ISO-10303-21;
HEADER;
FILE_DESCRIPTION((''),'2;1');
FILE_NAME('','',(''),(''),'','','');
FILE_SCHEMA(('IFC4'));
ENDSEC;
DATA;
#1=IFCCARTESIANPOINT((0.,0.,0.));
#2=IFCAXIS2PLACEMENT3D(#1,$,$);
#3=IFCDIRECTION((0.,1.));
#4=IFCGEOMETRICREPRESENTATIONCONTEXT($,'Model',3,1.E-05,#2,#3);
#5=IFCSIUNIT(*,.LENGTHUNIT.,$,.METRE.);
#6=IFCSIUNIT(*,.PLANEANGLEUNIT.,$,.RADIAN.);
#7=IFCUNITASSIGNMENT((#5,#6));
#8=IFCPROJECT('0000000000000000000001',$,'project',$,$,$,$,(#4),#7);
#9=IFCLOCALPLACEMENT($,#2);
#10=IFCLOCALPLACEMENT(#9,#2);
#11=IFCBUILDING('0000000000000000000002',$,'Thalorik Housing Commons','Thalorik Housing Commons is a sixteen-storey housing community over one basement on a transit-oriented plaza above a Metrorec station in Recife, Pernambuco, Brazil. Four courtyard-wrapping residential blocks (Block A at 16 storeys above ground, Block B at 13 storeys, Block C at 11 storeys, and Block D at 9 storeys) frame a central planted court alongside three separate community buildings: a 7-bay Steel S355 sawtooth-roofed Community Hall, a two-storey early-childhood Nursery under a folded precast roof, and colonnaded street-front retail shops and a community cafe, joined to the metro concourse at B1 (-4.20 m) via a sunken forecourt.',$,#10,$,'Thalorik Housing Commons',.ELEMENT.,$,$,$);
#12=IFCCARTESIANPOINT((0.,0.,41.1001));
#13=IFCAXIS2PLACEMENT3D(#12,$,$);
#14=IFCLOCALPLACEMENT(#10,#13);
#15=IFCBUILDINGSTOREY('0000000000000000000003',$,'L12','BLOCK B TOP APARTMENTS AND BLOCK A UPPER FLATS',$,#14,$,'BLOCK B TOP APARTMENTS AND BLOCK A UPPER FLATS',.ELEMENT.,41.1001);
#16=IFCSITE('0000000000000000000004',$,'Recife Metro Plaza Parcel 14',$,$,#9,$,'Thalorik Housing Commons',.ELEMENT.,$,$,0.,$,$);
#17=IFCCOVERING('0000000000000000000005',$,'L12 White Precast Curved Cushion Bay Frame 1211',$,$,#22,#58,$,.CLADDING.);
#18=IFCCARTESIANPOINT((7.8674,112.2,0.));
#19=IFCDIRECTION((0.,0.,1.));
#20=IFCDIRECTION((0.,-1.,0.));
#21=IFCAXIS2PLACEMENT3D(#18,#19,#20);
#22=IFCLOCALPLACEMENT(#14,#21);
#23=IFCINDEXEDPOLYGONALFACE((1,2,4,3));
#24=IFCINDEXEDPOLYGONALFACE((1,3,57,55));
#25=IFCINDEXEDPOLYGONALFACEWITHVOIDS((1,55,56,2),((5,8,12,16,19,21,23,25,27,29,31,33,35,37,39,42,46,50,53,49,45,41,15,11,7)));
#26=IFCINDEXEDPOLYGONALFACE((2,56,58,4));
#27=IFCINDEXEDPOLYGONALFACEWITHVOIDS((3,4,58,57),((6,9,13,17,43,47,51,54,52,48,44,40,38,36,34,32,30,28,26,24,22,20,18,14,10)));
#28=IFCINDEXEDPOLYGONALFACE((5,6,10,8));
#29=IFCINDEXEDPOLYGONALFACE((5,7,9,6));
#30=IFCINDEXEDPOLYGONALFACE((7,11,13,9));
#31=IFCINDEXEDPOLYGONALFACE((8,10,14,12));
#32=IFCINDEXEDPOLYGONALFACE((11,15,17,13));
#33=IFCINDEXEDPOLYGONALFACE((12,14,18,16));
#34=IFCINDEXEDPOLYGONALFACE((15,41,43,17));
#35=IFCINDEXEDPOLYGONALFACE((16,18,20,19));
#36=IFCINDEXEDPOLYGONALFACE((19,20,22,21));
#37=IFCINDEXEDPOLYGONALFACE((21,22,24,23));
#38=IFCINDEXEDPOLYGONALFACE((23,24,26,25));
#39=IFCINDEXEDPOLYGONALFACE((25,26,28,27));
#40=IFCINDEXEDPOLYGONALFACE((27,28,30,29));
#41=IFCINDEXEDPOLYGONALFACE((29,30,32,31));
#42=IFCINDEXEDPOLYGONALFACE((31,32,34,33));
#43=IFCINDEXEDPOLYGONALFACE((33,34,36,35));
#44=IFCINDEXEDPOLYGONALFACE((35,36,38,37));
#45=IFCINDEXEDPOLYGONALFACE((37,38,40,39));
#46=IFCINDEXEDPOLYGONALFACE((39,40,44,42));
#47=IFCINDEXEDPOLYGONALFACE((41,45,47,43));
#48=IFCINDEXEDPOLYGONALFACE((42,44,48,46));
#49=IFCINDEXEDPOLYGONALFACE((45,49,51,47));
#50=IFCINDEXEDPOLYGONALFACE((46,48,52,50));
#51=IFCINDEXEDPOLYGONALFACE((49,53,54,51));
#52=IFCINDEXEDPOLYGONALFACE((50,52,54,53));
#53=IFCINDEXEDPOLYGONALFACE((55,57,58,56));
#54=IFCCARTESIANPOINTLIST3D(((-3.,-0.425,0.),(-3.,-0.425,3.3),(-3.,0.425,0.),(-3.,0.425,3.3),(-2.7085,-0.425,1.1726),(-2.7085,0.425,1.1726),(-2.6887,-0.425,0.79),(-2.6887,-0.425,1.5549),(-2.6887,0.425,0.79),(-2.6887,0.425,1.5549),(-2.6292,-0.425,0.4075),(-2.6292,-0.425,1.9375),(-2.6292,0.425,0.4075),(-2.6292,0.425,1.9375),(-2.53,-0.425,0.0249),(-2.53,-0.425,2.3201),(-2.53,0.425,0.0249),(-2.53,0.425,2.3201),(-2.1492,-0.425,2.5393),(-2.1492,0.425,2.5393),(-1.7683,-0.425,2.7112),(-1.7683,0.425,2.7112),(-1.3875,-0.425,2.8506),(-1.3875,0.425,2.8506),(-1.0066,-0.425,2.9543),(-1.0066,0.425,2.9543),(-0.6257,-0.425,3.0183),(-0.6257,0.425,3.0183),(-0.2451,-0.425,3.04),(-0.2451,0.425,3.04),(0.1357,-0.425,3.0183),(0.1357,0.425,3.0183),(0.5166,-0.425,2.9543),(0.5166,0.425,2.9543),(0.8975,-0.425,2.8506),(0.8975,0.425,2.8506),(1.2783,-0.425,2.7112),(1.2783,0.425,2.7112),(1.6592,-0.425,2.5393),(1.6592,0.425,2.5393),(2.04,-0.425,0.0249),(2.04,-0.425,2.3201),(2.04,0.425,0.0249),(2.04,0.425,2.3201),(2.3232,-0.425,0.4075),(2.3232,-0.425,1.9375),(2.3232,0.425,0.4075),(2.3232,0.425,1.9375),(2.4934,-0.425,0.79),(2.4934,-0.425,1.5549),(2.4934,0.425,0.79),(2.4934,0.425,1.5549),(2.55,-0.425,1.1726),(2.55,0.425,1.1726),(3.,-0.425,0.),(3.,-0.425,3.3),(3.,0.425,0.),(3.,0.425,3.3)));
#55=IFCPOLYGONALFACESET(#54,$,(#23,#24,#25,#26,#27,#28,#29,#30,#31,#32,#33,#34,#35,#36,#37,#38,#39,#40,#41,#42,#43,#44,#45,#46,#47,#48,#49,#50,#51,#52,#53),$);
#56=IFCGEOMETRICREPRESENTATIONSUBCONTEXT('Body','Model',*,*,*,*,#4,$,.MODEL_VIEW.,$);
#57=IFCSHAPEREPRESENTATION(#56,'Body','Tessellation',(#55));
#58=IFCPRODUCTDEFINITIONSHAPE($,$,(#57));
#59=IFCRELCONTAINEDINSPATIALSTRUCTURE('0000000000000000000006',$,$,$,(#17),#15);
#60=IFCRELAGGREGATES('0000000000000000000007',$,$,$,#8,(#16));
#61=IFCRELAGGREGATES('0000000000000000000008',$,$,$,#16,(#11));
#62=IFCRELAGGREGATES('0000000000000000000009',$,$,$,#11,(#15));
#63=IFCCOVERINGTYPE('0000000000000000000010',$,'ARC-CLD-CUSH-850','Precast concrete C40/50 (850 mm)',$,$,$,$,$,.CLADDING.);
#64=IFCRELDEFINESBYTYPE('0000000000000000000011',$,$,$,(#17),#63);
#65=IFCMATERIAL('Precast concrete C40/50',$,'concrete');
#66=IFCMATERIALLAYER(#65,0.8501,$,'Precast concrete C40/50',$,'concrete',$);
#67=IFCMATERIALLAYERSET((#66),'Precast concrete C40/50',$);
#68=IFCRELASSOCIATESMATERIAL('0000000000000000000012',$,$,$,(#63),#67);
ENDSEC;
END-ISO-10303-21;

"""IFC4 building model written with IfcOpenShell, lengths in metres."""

from ifc_helpers import new_model, si_unit, direction, frame, origin, place, context, subcontext, project, spatial, polyline, outline, extrude, material, layer, layer_set, type_object, element, save


model = new_model("IFC4")

# Units and contexts
model_context = context("Model", 3, precision=1e-05, world=origin(), true_north=direction((0.0, 1.0)))
body_context = subcontext(model_context, "Body", "Model", "MODEL_VIEW")
ifc_project = project(units=[si_unit("LENGTHUNIT", "METRE"), si_unit("PLANEANGLEUNIT", "RADIAN")], contexts=[model_context])

# Site, building, storey
site_placement = place(None, origin())
site = spatial("IfcSite", under=ifc_project, at=site_placement, Name="Recife Metro Plaza Parcel 14", LongName="Thalorik Housing Commons", CompositionType="ELEMENT", RefElevation=0.0)
building_placement = place(site_placement, origin())
building = spatial("IfcBuilding", under=site, at=building_placement, Name="Thalorik Housing Commons", Description="Thalorik Housing Commons is a sixteen-storey housing community over one basement on a transit-oriented plaza above a Metrorec station in Recife, Pernambuco, Brazil. Four courtyard-wrapping residential blocks (Block A at 16 storeys above ground, Block B at 13 storeys, Block C at 11 storeys, and Block D at 9 storeys) frame a central planted court alongside three separate community buildings: a 7-bay Steel S355 sawtooth-roofed Community Hall, a two-storey early-childhood Nursery under a folded precast roof, and colonnaded street-front retail shops and a community cafe, joined to the metro concourse at B1 (-4.20 m) via a sunken forecourt.", LongName="Thalorik Housing Commons", CompositionType="ELEMENT")
storey_placement = place(building_placement, frame((0.0, 0.0, 41.1001)))
storey = spatial("IfcBuildingStorey", under=building, at=storey_placement, Name="L12", Description="BLOCK B TOP APARTMENTS AND BLOCK A UPPER FLATS", LongName="BLOCK B TOP APARTMENTS AND BLOCK A UPPER FLATS", CompositionType="ELEMENT", Elevation=41.1001)

# Shared definitions
ifc_material_1 = material(Name="Precast concrete C40/50", Category="concrete")

# Covering
ifc_layer_1 = layer(ifc_material_1, 0.8501, Name="Precast concrete C40/50", Category="concrete")
ifc_layer_set_1 = layer_set([ifc_layer_1], Name="Precast concrete C40/50")
covering_type_1 = type_object("IfcCoveringType", Name="ARC-CLD-CUSH-850", Description="Precast concrete C40/50 (850 mm)", PredefinedType="CLADDING", material=ifc_layer_set_1)
covering_1_placement = place(storey_placement, frame((7.8674, 112.2, 0.0), z_axis=(0.0, 0.0, 1.0), x_axis=(0.0, -1.0, 0.0)))
element("IfcCovering", 1, at=covering_1_placement, inside=storey, type_object=covering_type_1, Name="L12 White Precast Curved Cushion Bay Frame 1211", PredefinedType="CLADDING", context=body_context, shape_type="SweptSolid", body=[
    extrude(outline(polyline([(-3.0, 0.0), (3.0, 0.0), (3.0, 3.3), (-3.0, 3.3), (-3.0, 0.0)]), holes=[polyline([(2.04, 0.0249), (2.3232, 0.4075), (2.4934, 0.79), (2.55, 1.1726), (2.4934, 1.5549), (2.3232, 1.9375), (2.04, 2.3201), (1.6592, 2.5393), (1.2783, 2.7112), (0.8975, 2.8506), (0.5166, 2.9543), (0.1357, 3.0183), (-0.2451, 3.04), (-0.6257, 3.0183), (-1.0066, 2.9543), (-1.3875, 2.8506), (-1.7683, 2.7112), (-2.1492, 2.5393), (-2.53, 2.3201), (-2.6292, 1.9375), (-2.6887, 1.5549), (-2.7085, 1.1726), (-2.6887, 0.79), (-2.6292, 0.4075), (-2.53, 0.0249), (2.04, 0.0249)])]), frame((0.0, 0.425, 0.0), z_axis=(0.0, -1.0, 0.0), x_axis=(1.0, 0.0, 0.0)), (0.0, 0.0, 1.0), 0.8501),
])

save(model, "model.ifc")
